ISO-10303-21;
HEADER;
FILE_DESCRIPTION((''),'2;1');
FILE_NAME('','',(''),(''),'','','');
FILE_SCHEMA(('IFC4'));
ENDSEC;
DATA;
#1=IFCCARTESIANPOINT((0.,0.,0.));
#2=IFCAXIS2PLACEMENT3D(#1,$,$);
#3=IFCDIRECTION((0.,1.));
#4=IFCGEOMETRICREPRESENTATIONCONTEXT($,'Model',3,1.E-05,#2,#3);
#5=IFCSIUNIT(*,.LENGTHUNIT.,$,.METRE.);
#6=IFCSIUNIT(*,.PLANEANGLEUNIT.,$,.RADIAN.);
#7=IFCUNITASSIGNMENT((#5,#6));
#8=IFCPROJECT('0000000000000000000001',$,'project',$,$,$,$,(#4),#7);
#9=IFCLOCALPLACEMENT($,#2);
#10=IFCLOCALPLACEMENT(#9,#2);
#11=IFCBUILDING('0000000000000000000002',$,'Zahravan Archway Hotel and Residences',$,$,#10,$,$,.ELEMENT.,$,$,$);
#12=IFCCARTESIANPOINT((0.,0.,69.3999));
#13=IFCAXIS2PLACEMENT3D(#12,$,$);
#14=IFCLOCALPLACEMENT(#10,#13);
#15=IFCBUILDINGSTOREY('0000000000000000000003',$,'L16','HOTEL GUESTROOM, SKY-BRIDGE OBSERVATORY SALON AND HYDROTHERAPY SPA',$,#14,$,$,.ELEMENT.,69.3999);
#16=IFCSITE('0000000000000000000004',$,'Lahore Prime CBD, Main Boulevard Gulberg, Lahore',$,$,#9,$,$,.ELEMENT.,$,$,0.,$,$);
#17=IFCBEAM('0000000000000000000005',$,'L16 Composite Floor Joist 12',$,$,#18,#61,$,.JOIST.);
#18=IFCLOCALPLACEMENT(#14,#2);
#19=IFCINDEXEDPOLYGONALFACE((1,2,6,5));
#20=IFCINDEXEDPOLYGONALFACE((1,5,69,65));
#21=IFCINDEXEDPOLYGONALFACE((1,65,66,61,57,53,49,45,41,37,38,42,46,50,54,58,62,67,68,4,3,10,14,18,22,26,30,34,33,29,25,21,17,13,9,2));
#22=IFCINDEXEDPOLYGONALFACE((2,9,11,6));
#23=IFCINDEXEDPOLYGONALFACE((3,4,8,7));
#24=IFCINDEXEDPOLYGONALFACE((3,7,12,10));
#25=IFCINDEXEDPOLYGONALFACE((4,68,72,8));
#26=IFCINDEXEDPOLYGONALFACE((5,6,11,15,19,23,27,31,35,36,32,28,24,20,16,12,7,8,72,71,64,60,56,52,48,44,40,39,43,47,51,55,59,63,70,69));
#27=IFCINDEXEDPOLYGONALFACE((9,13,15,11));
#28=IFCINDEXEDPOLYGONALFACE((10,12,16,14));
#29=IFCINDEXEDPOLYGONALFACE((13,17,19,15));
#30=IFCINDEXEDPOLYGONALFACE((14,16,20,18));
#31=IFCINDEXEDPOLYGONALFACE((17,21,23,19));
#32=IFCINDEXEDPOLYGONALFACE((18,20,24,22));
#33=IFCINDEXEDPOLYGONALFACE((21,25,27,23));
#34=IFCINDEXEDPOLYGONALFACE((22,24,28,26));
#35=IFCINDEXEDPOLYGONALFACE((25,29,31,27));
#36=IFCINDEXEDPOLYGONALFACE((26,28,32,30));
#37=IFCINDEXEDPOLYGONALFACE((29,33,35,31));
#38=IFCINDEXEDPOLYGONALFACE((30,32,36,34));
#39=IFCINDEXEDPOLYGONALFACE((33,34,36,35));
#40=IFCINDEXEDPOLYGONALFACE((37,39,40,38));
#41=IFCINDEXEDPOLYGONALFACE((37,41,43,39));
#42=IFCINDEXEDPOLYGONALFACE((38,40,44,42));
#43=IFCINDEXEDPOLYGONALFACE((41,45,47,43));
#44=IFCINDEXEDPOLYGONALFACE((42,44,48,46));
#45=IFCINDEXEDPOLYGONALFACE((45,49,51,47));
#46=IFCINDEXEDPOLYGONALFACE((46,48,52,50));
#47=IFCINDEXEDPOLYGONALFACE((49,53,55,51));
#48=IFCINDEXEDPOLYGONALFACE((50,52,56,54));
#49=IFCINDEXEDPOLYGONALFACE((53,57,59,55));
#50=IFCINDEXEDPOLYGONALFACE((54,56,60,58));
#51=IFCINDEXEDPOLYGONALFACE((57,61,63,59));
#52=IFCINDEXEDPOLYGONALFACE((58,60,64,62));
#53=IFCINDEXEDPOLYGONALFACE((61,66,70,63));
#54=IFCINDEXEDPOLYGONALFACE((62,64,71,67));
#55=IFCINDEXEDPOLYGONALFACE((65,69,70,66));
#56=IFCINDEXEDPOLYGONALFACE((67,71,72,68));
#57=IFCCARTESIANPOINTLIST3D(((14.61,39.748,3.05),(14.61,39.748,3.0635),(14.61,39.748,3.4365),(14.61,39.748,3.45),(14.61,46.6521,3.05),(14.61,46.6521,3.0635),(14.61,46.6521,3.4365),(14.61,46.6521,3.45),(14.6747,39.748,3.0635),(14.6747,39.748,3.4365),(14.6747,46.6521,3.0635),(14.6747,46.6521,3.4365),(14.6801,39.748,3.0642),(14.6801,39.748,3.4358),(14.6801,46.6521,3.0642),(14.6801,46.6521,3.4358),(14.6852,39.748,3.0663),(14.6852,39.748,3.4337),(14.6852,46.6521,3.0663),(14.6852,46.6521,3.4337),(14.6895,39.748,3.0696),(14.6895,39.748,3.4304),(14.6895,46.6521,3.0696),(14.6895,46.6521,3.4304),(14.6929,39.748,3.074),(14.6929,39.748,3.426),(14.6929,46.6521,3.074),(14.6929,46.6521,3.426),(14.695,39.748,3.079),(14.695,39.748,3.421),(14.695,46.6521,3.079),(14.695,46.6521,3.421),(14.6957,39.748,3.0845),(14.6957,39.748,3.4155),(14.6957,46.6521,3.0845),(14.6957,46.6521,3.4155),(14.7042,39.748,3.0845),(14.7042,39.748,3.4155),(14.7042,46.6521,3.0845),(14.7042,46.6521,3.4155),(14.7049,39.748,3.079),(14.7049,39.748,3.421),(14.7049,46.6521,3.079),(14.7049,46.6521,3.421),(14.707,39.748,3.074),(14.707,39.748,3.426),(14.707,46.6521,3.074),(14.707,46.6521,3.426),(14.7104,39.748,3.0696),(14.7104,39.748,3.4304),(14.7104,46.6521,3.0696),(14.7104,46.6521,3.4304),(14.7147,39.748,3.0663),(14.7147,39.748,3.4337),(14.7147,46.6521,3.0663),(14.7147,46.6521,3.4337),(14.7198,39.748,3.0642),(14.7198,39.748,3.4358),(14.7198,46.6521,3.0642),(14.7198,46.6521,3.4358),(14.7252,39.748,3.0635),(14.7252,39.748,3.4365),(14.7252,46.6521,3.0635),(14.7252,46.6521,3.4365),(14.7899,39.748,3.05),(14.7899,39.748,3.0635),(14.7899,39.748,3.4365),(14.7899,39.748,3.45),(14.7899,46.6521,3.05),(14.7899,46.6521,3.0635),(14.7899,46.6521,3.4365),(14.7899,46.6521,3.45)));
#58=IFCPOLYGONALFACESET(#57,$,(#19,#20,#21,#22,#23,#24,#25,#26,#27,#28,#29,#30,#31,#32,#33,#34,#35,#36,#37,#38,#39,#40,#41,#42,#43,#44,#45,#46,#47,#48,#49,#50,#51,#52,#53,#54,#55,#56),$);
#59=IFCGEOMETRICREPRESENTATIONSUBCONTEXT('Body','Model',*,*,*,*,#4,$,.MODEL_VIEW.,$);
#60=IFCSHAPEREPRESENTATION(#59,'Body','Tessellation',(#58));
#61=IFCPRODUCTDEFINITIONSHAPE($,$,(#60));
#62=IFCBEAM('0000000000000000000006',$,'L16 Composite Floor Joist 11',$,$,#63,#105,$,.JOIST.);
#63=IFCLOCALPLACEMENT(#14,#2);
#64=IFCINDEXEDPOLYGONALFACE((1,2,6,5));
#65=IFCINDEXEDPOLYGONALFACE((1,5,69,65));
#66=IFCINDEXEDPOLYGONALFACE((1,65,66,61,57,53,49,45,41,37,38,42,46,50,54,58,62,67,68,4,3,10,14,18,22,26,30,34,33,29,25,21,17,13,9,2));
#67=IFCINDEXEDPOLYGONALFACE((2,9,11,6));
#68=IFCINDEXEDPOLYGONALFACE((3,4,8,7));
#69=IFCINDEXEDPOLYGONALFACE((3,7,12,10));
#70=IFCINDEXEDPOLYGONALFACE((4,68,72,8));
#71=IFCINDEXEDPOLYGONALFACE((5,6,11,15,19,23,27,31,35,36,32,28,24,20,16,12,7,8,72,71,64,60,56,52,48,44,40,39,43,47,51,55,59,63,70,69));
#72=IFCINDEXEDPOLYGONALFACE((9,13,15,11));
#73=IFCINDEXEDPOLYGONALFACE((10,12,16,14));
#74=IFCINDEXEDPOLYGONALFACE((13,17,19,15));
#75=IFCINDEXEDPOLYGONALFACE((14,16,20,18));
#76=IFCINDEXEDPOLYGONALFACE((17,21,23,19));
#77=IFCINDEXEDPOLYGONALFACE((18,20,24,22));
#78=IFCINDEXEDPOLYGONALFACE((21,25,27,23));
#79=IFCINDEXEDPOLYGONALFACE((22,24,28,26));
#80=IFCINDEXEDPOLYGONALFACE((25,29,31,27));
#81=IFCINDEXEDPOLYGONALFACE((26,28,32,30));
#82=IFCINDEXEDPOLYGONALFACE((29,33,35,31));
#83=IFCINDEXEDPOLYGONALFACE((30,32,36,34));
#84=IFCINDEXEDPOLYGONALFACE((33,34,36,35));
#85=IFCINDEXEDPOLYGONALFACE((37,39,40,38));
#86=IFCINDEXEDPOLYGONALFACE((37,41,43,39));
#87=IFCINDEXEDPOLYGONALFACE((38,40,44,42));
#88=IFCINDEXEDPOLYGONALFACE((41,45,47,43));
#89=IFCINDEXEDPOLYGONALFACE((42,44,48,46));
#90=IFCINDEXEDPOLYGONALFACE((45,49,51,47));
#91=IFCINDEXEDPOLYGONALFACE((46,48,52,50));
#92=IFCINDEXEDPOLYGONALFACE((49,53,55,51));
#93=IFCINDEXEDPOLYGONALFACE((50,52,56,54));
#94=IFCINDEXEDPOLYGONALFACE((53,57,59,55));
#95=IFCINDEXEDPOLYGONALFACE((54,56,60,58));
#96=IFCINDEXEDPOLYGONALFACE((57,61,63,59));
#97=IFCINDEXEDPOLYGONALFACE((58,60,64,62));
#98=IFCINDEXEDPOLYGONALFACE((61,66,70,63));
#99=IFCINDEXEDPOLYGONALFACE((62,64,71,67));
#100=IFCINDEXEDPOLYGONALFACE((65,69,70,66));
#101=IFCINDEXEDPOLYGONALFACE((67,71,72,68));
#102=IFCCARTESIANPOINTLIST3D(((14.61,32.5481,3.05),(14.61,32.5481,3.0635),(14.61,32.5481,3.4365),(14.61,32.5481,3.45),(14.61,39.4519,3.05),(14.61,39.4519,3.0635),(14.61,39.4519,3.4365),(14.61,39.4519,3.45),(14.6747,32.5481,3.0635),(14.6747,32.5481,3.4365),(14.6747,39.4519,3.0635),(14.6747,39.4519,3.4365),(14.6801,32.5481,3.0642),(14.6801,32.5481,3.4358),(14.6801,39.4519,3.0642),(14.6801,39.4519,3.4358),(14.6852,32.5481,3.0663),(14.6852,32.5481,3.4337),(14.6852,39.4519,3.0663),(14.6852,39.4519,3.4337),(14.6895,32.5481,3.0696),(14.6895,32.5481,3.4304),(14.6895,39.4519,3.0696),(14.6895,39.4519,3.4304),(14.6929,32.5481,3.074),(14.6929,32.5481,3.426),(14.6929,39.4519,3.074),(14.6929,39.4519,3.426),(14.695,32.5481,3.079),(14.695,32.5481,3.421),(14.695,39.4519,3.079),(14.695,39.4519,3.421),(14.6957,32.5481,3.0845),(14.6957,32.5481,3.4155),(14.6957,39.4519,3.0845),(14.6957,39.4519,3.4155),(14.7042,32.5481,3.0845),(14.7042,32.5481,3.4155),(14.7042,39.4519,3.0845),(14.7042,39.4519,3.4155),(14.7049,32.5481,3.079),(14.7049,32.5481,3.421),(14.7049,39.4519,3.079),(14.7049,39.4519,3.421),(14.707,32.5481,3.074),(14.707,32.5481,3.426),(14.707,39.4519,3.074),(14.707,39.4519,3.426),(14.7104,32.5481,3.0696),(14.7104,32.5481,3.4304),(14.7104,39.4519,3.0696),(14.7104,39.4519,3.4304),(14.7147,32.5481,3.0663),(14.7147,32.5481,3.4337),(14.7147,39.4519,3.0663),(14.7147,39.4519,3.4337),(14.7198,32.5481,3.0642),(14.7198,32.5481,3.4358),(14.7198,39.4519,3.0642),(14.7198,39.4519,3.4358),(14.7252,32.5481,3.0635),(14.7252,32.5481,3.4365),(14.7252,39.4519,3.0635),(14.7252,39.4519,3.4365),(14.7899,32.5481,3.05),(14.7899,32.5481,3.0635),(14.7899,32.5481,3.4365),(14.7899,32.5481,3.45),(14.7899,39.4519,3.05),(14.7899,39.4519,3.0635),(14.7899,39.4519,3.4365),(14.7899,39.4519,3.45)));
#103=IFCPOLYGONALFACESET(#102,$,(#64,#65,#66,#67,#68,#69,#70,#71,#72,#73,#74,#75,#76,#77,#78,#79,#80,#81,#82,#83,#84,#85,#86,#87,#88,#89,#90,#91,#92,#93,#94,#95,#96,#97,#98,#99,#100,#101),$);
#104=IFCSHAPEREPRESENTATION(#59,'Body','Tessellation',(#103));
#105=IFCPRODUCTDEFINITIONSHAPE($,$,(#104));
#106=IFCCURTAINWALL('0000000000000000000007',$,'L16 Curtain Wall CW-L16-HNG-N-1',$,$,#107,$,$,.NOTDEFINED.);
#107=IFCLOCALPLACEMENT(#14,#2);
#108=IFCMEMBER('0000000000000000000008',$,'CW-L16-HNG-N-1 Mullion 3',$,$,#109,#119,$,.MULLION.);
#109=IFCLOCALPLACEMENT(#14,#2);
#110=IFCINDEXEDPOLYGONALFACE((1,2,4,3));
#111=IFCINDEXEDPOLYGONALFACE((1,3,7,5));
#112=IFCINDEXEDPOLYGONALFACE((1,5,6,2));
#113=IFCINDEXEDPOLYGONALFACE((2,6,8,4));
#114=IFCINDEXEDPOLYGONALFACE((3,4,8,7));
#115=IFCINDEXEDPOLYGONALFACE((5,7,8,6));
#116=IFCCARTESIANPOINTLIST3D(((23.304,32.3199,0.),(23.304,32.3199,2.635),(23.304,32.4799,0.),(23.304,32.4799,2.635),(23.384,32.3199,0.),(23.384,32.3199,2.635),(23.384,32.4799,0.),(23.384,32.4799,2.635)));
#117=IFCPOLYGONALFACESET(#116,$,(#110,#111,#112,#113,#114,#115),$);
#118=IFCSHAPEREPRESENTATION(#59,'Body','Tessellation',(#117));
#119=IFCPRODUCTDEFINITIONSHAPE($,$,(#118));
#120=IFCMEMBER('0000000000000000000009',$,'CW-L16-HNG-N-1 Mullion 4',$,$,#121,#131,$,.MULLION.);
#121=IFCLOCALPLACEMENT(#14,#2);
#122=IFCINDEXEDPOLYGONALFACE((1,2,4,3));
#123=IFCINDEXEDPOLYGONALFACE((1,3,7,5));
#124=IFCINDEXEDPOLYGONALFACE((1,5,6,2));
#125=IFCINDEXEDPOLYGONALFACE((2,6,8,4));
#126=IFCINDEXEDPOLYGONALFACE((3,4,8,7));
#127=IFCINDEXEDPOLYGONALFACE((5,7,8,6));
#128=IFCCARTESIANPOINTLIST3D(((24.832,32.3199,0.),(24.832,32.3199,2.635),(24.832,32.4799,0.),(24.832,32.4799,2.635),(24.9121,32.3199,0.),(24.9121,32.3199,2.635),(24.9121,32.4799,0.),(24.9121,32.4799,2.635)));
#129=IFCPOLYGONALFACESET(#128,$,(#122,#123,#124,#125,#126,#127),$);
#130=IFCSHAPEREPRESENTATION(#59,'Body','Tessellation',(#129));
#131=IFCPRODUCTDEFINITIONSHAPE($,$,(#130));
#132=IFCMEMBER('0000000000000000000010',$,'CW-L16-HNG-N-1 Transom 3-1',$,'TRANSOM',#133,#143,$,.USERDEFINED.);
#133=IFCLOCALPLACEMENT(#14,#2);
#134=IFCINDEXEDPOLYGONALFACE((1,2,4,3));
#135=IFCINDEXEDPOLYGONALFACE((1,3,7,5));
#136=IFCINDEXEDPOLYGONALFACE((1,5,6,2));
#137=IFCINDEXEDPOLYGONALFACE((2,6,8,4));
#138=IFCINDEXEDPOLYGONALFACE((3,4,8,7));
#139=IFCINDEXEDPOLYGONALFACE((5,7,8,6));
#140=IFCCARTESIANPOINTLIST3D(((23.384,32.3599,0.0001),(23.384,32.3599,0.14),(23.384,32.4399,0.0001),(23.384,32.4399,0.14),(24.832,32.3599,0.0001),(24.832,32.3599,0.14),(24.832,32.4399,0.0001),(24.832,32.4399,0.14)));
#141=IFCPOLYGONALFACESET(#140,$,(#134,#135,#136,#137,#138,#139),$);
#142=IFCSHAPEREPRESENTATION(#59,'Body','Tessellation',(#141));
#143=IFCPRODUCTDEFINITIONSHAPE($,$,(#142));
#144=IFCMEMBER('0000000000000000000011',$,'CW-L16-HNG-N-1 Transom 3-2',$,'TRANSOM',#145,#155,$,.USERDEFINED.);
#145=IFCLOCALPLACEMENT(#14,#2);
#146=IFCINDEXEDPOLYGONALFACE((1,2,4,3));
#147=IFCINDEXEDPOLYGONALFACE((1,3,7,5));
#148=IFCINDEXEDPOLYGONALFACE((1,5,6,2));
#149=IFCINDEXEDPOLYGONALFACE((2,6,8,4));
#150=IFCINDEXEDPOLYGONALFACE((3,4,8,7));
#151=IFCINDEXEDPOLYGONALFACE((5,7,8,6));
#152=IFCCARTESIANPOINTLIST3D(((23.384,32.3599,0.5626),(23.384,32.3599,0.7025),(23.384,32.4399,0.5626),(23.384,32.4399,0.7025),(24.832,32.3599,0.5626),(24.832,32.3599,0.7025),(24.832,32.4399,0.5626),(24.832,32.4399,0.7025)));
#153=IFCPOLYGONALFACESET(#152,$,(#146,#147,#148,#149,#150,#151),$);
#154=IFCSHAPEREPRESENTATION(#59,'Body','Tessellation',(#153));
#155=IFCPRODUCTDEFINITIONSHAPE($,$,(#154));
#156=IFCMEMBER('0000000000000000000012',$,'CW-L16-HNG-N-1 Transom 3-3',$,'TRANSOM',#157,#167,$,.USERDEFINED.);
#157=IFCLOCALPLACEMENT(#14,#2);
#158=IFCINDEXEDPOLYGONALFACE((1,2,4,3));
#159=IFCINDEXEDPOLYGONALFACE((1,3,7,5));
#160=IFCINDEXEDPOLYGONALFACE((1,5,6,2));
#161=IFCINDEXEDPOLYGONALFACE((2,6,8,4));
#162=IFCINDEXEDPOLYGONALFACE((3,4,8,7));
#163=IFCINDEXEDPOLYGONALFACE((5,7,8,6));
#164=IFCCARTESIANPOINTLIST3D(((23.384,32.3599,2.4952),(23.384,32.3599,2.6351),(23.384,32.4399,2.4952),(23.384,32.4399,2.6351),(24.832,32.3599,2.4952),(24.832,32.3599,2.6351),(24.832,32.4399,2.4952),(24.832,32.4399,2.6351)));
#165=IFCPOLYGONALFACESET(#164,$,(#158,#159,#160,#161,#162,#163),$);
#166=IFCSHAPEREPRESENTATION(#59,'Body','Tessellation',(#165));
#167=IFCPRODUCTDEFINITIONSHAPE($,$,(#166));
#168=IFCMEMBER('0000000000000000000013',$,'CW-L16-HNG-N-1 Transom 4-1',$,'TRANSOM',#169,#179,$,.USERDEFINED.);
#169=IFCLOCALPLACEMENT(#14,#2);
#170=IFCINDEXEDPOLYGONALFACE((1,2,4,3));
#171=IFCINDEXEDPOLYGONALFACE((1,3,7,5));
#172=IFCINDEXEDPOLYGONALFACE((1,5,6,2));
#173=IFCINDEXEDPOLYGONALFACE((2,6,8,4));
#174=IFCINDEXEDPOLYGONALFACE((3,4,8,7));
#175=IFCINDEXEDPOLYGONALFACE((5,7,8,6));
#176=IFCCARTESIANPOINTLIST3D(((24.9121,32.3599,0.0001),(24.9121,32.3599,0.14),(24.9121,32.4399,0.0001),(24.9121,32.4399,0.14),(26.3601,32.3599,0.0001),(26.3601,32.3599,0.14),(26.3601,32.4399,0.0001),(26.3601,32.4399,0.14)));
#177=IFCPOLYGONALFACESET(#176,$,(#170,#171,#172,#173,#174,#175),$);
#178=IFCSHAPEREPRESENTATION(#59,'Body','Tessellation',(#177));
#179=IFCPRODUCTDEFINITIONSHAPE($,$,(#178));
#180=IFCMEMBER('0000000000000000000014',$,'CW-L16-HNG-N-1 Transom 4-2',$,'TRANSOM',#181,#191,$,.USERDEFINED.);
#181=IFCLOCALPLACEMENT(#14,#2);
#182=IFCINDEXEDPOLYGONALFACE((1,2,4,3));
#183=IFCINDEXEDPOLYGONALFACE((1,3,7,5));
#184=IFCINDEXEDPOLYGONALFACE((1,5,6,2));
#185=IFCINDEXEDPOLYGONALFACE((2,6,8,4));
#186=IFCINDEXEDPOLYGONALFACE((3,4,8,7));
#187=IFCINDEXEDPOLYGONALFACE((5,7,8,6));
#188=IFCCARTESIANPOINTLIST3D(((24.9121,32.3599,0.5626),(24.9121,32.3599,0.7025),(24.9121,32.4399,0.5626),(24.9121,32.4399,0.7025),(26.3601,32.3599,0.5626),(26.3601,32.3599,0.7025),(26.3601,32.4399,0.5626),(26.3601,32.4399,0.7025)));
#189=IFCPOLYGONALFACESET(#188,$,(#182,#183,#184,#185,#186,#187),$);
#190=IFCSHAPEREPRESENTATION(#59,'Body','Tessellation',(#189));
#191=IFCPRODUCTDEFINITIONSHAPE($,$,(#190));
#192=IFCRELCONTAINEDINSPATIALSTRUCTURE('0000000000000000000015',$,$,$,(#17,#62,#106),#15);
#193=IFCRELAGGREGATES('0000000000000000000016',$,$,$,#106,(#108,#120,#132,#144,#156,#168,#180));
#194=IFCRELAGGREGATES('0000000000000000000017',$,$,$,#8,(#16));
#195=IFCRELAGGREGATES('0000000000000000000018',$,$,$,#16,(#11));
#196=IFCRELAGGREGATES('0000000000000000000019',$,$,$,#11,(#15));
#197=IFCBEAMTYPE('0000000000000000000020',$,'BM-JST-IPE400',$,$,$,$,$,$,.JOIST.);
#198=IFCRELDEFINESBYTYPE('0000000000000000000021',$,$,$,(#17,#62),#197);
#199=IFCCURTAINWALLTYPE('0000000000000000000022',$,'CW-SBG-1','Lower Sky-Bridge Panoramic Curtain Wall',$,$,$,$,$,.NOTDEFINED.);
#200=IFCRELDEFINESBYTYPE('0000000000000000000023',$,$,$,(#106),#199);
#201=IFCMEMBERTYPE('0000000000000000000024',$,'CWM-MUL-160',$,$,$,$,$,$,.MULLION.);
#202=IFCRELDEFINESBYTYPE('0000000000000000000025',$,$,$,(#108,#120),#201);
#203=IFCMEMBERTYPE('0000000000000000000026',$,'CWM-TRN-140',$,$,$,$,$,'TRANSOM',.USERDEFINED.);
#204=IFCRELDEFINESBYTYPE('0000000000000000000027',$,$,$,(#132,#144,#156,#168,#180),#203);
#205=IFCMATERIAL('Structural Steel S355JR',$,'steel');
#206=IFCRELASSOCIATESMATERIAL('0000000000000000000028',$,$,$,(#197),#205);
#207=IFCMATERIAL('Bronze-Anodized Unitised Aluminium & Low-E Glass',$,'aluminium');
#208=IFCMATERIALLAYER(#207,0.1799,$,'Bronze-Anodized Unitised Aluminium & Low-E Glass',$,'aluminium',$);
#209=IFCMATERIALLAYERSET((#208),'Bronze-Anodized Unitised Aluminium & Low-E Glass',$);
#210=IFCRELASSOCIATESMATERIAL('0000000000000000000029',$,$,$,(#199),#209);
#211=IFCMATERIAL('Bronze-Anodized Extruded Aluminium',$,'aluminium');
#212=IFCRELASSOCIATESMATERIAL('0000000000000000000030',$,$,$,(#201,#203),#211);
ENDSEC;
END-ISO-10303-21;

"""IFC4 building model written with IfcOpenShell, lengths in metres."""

from ifc_helpers import new_model, si_unit, direction, frame, origin, origin_2d, place, context, subcontext, project, spatial, rectangle, i_section, extrude, source, transform, mapped, material, layer, layer_set, material_profile, profile_set, type_object, type_shapes, element, aggregate, save


model = new_model("IFC4")

# Units and contexts
model_context = context("Model", 3, precision=1e-05, world=origin(), true_north=direction((0.0, 1.0)))
body_context = subcontext(model_context, "Body", "Model", "MODEL_VIEW")
ifc_project = project(units=[si_unit("LENGTHUNIT", "METRE"), si_unit("PLANEANGLEUNIT", "RADIAN")], contexts=[model_context])

# Site, building, storey
site_placement = place(None, origin())
site = spatial("IfcSite", under=ifc_project, at=site_placement, Name="Lahore Prime CBD, Main Boulevard Gulberg, Lahore", CompositionType="ELEMENT", RefElevation=0.0)
building_placement = place(site_placement, origin())
building = spatial("IfcBuilding", under=site, at=building_placement, Name="Zahravan Archway Hotel and Residences", CompositionType="ELEMENT")
storey_placement = place(building_placement, frame((0.0, 0.0, 69.3999)))
storey = spatial("IfcBuildingStorey", under=building, at=storey_placement, Name="L16", Description="HOTEL GUESTROOM, SKY-BRIDGE OBSERVATORY SALON AND HYDROTHERAPY SPA", CompositionType="ELEMENT", Elevation=69.3999)

# Beams
ifc_material_1 = material(Name="Structural Steel S355JR", Category="steel")
ifc_material_profile_1 = material_profile(ifc_material_1, i_section(OverallWidth=0.1799, OverallDepth=0.3999, WebThickness=0.0085, FlangeThickness=0.0134, FilletRadius=0.021, at=origin_2d()), Name="IPE 400", Category="steel")
ifc_profile_set_1 = profile_set([ifc_material_profile_1], Name="Structural Steel S355JR")
beam_type_1 = type_object("IfcBeamType", Name="BM-JST-IPE400", PredefinedType="JOIST", material=ifc_profile_set_1)
shared_shape_1 = source(origin(), body_context, "Body", "SweptSolid", [
    extrude(i_section(OverallWidth=0.1799, OverallDepth=0.3999, WebThickness=0.0085, FlangeThickness=0.0134, FilletRadius=0.021, at=origin_2d()), origin(), (0.0, 0.0, 1.0), 6.9041),
])
type_shapes(beam_type_1, [shared_shape_1])
beam_1_placement = place(storey_placement, frame((14.7, 39.748, 3.25), z_axis=(0.0, 1.0, 0.0), x_axis=(-1.0, 0.0, 0.0)))
element("IfcBeam", 1, at=beam_1_placement, inside=storey, type_object=beam_type_1, Name="L16 Composite Floor Joist 12", PredefinedType="JOIST", context=body_context, shape_type="MappedRepresentation", body=[
    mapped(shared_shape_1, transform((0.0, 0.0, 0.0), scale=1.0)),
])
shared_shape_2 = source(origin(), body_context, "Body", "SweptSolid", [
    extrude(i_section(OverallWidth=0.1799, OverallDepth=0.3999, WebThickness=0.0085, FlangeThickness=0.0134, FilletRadius=0.021, at=origin_2d()), origin(), (0.0, 0.0, 1.0), 6.9038),
])
beam_2_placement = place(storey_placement, frame((14.7, 32.5481, 3.25), z_axis=(0.0, 1.0, 0.0), x_axis=(-1.0, 0.0, 0.0)))
element("IfcBeam", 2, at=beam_2_placement, inside=storey, type_object=beam_type_1, Name="L16 Composite Floor Joist 11", PredefinedType="JOIST", context=body_context, shape_type="MappedRepresentation", body=[
    mapped(shared_shape_2, transform((0.0, 0.0, 0.0), scale=1.0)),
])

# Curtain wall, members
ifc_material_2 = material(Name="Bronze-Anodized Unitised Aluminium & Low-E Glass", Category="aluminium")
ifc_layer_1 = layer(ifc_material_2, 0.1799, Name="Bronze-Anodized Unitised Aluminium & Low-E Glass", Category="aluminium")
ifc_layer_set_1 = layer_set([ifc_layer_1], Name="Bronze-Anodized Unitised Aluminium & Low-E Glass")
curtain_wall_type = type_object("IfcCurtainWallType", Name="CW-SBG-1", Description="Lower Sky-Bridge Panoramic Curtain Wall", PredefinedType="NOTDEFINED", material=ifc_layer_set_1)
curtain_wall_placement = place(storey_placement, origin())
curtain_wall = element("IfcCurtainWall", 3, at=curtain_wall_placement, inside=storey, type_object=curtain_wall_type, Name="L16 Curtain Wall CW-L16-HNG-N-1", PredefinedType="NOTDEFINED")
ifc_material_3 = material(Name="Bronze-Anodized Extruded Aluminium", Category="aluminium")
ifc_material_profile_2 = material_profile(ifc_material_3, rectangle(XDim=0.0801, YDim=0.1599, at=origin_2d()), Name="MUL 80x160", Category="aluminium")
ifc_profile_set_2 = profile_set([ifc_material_profile_2], Name="Bronze-Anodized Extruded Aluminium")
member_type_1 = type_object("IfcMemberType", Name="CWM-MUL-160", PredefinedType="MULLION", material=ifc_profile_set_2)
shared_shape_3 = source(origin(), body_context, "Body", "SweptSolid", [
    extrude(rectangle(XDim=0.0801, YDim=0.1599, at=origin_2d()), origin(), (0.0, 0.0, 1.0), 2.635),
])
member_1_placement = place(storey_placement, frame((23.344, 32.3999, 0.0), z_axis=(0.0, 0.0, 1.0), x_axis=(1.0, 0.0, 0.0)))
member_1 = element("IfcMember", 4, at=member_1_placement, type_object=member_type_1, Name="CW-L16-HNG-N-1 Mullion 3", PredefinedType="MULLION", context=body_context, shape_type="MappedRepresentation", body=[
    mapped(shared_shape_3, transform((0.0, 0.0, 0.0), scale=1.0)),
])
member_2_placement = place(storey_placement, frame((24.8721, 32.3999, 0.0), z_axis=(0.0, 0.0, 1.0), x_axis=(1.0, 0.0, 0.0)))
member_2 = element("IfcMember", 5, at=member_2_placement, type_object=member_type_1, Name="CW-L16-HNG-N-1 Mullion 4", PredefinedType="MULLION", context=body_context, shape_type="MappedRepresentation", body=[
    mapped(shared_shape_3, transform((0.0, 0.0, 0.0), scale=1.0)),
])
ifc_material_profile_3 = material_profile(ifc_material_3, rectangle(XDim=0.0801, YDim=0.1399, at=origin_2d()), Name="TRN 80x140", Category="aluminium")
ifc_profile_set_3 = profile_set([ifc_material_profile_3], Name="Bronze-Anodized Extruded Aluminium")
member_type_2 = type_object("IfcMemberType", Name="CWM-TRN-140", ElementType="TRANSOM", PredefinedType="USERDEFINED", material=ifc_profile_set_3)
shared_shape_4 = source(origin(), body_context, "Body", "SweptSolid", [
    extrude(rectangle(XDim=0.0801, YDim=0.1399, at=origin_2d()), origin(), (0.0, 0.0, 1.0), 1.448),
])
member_3_placement = place(storey_placement, frame((23.384, 32.3999, 0.0701), z_axis=(1.0, 0.0, 0.0), x_axis=(0.0, 1.0, 0.0)))
member_3 = element("IfcMember", 6, at=member_3_placement, type_object=member_type_2, Name="CW-L16-HNG-N-1 Transom 3-1", ObjectType="TRANSOM", PredefinedType="USERDEFINED", context=body_context, shape_type="MappedRepresentation", body=[
    mapped(shared_shape_4, transform((0.0, 0.0, 0.0), scale=1.0)),
])
member_4_placement = place(storey_placement, frame((23.384, 32.3999, 0.6326), z_axis=(1.0, 0.0, 0.0), x_axis=(0.0, 1.0, 0.0)))
member_4 = element("IfcMember", 7, at=member_4_placement, type_object=member_type_2, Name="CW-L16-HNG-N-1 Transom 3-2", ObjectType="TRANSOM", PredefinedType="USERDEFINED", context=body_context, shape_type="MappedRepresentation", body=[
    mapped(shared_shape_4, transform((0.0, 0.0, 0.0), scale=1.0)),
])
member_5_placement = place(storey_placement, frame((23.384, 32.3999, 2.5652), z_axis=(1.0, 0.0, 0.0), x_axis=(0.0, 1.0, 0.0)))
member_5 = element("IfcMember", 8, at=member_5_placement, type_object=member_type_2, Name="CW-L16-HNG-N-1 Transom 3-3", ObjectType="TRANSOM", PredefinedType="USERDEFINED", context=body_context, shape_type="MappedRepresentation", body=[
    mapped(shared_shape_4, transform((0.0, 0.0, 0.0), scale=1.0)),
])
member_6_placement = place(storey_placement, frame((24.9121, 32.3999, 0.0701), z_axis=(1.0, 0.0, 0.0), x_axis=(0.0, 1.0, 0.0)))
member_6 = element("IfcMember", 9, at=member_6_placement, type_object=member_type_2, Name="CW-L16-HNG-N-1 Transom 4-1", ObjectType="TRANSOM", PredefinedType="USERDEFINED", context=body_context, shape_type="MappedRepresentation", body=[
    mapped(shared_shape_4, transform((0.0, 0.0, 0.0), scale=1.0)),
])
member_7_placement = place(storey_placement, frame((24.9121, 32.3999, 0.6326), z_axis=(1.0, 0.0, 0.0), x_axis=(0.0, 1.0, 0.0)))
member_7 = element("IfcMember", 10, at=member_7_placement, type_object=member_type_2, Name="CW-L16-HNG-N-1 Transom 4-2", ObjectType="TRANSOM", PredefinedType="USERDEFINED", context=body_context, shape_type="MappedRepresentation", body=[
    mapped(shared_shape_4, transform((0.0, 0.0, 0.0), scale=1.0)),
])
aggregate(curtain_wall, [member_1, member_2, member_3, member_4, member_5, member_6, member_7])

save(model, "model.ifc")
